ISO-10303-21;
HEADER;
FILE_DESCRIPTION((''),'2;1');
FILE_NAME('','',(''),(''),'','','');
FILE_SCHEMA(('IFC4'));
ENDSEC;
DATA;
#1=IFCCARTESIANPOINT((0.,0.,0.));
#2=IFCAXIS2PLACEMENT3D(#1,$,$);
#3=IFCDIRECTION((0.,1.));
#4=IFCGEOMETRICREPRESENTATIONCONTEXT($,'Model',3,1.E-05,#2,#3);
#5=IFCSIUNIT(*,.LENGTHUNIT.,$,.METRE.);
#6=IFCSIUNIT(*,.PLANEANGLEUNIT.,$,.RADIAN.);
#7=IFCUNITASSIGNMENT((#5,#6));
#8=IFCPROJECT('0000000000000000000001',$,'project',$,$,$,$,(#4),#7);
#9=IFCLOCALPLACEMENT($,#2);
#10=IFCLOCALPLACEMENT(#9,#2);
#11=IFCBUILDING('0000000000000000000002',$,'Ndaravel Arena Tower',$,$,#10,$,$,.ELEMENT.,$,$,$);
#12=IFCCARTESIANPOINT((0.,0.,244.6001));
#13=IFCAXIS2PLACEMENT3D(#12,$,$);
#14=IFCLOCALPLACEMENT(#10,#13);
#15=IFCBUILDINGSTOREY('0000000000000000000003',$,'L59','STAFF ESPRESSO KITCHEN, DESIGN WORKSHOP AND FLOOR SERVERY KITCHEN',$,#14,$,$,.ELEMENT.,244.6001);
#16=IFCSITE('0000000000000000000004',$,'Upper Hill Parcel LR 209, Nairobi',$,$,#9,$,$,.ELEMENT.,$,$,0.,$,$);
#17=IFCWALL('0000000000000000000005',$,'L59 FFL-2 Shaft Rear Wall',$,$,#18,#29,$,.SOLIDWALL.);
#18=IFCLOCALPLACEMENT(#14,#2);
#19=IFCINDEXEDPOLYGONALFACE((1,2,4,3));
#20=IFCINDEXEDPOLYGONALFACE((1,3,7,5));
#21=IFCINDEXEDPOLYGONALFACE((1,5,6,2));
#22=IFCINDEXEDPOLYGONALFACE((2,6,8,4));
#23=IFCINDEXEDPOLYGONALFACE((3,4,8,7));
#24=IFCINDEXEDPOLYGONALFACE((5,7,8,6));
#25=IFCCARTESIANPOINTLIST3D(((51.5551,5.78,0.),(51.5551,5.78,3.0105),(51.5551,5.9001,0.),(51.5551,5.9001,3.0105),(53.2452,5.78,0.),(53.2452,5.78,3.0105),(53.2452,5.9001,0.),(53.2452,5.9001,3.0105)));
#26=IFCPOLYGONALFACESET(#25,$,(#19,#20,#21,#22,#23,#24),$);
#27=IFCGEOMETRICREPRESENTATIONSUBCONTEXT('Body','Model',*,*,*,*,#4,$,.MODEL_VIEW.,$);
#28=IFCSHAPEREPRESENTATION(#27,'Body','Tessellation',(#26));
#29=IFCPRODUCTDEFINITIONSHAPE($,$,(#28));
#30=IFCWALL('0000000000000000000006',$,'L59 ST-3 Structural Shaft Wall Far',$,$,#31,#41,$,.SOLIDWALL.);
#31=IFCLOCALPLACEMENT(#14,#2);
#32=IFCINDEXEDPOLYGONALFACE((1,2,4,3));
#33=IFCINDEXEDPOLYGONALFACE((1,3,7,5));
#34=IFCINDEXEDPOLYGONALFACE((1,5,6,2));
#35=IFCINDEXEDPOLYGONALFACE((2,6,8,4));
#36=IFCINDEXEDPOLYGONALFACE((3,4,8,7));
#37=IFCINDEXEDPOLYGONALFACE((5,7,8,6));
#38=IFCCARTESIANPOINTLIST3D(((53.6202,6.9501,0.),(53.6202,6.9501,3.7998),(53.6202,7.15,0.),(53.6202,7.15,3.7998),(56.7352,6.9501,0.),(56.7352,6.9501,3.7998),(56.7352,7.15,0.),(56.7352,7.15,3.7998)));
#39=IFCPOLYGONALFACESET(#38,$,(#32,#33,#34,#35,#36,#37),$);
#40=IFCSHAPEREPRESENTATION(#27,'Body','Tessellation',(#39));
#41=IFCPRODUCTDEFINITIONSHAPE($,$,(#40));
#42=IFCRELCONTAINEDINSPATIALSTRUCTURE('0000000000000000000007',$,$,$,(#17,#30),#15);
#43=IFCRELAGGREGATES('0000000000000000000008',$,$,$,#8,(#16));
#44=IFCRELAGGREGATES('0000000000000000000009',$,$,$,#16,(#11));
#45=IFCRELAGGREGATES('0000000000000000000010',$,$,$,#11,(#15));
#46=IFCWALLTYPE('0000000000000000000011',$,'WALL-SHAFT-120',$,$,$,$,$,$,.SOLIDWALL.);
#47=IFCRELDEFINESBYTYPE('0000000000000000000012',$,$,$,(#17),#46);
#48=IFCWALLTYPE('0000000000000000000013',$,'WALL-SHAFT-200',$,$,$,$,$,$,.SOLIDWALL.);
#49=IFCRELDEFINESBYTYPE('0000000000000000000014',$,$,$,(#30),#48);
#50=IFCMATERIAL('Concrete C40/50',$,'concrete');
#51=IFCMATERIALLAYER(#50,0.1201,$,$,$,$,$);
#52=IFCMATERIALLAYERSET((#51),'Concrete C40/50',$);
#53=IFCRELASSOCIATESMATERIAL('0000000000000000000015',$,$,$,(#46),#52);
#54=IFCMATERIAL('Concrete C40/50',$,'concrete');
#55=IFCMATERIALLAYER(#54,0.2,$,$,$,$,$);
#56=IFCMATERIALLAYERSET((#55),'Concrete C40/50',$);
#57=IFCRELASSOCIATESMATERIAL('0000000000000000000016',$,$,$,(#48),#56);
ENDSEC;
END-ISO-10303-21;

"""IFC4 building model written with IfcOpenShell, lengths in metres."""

from ifc_helpers import new_model, si_unit, direction, frame, frame_2d, origin, place, context, subcontext, project, spatial, rectangle, extrude, material, layer, layer_set, type_object, element, save


model = new_model("IFC4")

# Units and contexts
model_context = context("Model", 3, precision=1e-05, world=origin(), true_north=direction((0.0, 1.0)))
body_context = subcontext(model_context, "Body", "Model", "MODEL_VIEW")
ifc_project = project(units=[si_unit("LENGTHUNIT", "METRE"), si_unit("PLANEANGLEUNIT", "RADIAN")], contexts=[model_context])

# Site, building, storey
site_placement = place(None, origin())
site = spatial("IfcSite", under=ifc_project, at=site_placement, Name="Upper Hill Parcel LR 209, Nairobi", CompositionType="ELEMENT", RefElevation=0.0)
building_placement = place(site_placement, origin())
building = spatial("IfcBuilding", under=site, at=building_placement, Name="Ndaravel Arena Tower", CompositionType="ELEMENT")
storey_placement = place(building_placement, frame((0.0, 0.0, 244.6001)))
storey = spatial("IfcBuildingStorey", under=building, at=storey_placement, Name="L59", Description="STAFF ESPRESSO KITCHEN, DESIGN WORKSHOP AND FLOOR SERVERY KITCHEN", CompositionType="ELEMENT", Elevation=244.6001)

# Walls
ifc_material_1 = material(Name="Concrete C40/50", Category="concrete")
ifc_layer_1 = layer(ifc_material_1, 0.1201)
ifc_layer_set_1 = layer_set([ifc_layer_1], Name="Concrete C40/50")
wall_type_1 = type_object("IfcWallType", Name="WALL-SHAFT-120", PredefinedType="SOLIDWALL", material=ifc_layer_set_1)
wall_1_placement = place(storey_placement, frame((51.5549, 5.8401, 0.0), z_axis=(0.0, 0.0, 1.0), x_axis=(1.0, 0.0, 0.0)))
element("IfcWall", 1, at=wall_1_placement, inside=storey, type_object=wall_type_1, Name="L59 FFL-2 Shaft Rear Wall", PredefinedType="SOLIDWALL", context=body_context, shape_type="SweptSolid", body=[
    extrude(rectangle(XDim=1.6902, YDim=0.1201, at=frame_2d((0.8452, 0.0))), origin(), (0.0, 0.0, 1.0), 3.0105),
])
ifc_material_2 = material(Name="Concrete C40/50", Category="concrete")
ifc_layer_2 = layer(ifc_material_2, 0.2)
ifc_layer_set_2 = layer_set([ifc_layer_2], Name="Concrete C40/50")
wall_type_2 = type_object("IfcWallType", Name="WALL-SHAFT-200", PredefinedType="SOLIDWALL", material=ifc_layer_set_2)
wall_2_placement = place(storey_placement, frame((53.6201, 7.05, 0.0), z_axis=(0.0, 0.0, 1.0), x_axis=(1.0, 0.0, 0.0)))
element("IfcWall", 2, at=wall_2_placement, inside=storey, type_object=wall_type_2, Name="L59 ST-3 Structural Shaft Wall Far", PredefinedType="SOLIDWALL", context=body_context, shape_type="SweptSolid", body=[
    extrude(rectangle(XDim=3.115, YDim=0.2, at=frame_2d((1.5576, 0.0))), origin(), (0.0, 0.0, 1.0), 3.7998),
])

save(model, "model.ifc")
